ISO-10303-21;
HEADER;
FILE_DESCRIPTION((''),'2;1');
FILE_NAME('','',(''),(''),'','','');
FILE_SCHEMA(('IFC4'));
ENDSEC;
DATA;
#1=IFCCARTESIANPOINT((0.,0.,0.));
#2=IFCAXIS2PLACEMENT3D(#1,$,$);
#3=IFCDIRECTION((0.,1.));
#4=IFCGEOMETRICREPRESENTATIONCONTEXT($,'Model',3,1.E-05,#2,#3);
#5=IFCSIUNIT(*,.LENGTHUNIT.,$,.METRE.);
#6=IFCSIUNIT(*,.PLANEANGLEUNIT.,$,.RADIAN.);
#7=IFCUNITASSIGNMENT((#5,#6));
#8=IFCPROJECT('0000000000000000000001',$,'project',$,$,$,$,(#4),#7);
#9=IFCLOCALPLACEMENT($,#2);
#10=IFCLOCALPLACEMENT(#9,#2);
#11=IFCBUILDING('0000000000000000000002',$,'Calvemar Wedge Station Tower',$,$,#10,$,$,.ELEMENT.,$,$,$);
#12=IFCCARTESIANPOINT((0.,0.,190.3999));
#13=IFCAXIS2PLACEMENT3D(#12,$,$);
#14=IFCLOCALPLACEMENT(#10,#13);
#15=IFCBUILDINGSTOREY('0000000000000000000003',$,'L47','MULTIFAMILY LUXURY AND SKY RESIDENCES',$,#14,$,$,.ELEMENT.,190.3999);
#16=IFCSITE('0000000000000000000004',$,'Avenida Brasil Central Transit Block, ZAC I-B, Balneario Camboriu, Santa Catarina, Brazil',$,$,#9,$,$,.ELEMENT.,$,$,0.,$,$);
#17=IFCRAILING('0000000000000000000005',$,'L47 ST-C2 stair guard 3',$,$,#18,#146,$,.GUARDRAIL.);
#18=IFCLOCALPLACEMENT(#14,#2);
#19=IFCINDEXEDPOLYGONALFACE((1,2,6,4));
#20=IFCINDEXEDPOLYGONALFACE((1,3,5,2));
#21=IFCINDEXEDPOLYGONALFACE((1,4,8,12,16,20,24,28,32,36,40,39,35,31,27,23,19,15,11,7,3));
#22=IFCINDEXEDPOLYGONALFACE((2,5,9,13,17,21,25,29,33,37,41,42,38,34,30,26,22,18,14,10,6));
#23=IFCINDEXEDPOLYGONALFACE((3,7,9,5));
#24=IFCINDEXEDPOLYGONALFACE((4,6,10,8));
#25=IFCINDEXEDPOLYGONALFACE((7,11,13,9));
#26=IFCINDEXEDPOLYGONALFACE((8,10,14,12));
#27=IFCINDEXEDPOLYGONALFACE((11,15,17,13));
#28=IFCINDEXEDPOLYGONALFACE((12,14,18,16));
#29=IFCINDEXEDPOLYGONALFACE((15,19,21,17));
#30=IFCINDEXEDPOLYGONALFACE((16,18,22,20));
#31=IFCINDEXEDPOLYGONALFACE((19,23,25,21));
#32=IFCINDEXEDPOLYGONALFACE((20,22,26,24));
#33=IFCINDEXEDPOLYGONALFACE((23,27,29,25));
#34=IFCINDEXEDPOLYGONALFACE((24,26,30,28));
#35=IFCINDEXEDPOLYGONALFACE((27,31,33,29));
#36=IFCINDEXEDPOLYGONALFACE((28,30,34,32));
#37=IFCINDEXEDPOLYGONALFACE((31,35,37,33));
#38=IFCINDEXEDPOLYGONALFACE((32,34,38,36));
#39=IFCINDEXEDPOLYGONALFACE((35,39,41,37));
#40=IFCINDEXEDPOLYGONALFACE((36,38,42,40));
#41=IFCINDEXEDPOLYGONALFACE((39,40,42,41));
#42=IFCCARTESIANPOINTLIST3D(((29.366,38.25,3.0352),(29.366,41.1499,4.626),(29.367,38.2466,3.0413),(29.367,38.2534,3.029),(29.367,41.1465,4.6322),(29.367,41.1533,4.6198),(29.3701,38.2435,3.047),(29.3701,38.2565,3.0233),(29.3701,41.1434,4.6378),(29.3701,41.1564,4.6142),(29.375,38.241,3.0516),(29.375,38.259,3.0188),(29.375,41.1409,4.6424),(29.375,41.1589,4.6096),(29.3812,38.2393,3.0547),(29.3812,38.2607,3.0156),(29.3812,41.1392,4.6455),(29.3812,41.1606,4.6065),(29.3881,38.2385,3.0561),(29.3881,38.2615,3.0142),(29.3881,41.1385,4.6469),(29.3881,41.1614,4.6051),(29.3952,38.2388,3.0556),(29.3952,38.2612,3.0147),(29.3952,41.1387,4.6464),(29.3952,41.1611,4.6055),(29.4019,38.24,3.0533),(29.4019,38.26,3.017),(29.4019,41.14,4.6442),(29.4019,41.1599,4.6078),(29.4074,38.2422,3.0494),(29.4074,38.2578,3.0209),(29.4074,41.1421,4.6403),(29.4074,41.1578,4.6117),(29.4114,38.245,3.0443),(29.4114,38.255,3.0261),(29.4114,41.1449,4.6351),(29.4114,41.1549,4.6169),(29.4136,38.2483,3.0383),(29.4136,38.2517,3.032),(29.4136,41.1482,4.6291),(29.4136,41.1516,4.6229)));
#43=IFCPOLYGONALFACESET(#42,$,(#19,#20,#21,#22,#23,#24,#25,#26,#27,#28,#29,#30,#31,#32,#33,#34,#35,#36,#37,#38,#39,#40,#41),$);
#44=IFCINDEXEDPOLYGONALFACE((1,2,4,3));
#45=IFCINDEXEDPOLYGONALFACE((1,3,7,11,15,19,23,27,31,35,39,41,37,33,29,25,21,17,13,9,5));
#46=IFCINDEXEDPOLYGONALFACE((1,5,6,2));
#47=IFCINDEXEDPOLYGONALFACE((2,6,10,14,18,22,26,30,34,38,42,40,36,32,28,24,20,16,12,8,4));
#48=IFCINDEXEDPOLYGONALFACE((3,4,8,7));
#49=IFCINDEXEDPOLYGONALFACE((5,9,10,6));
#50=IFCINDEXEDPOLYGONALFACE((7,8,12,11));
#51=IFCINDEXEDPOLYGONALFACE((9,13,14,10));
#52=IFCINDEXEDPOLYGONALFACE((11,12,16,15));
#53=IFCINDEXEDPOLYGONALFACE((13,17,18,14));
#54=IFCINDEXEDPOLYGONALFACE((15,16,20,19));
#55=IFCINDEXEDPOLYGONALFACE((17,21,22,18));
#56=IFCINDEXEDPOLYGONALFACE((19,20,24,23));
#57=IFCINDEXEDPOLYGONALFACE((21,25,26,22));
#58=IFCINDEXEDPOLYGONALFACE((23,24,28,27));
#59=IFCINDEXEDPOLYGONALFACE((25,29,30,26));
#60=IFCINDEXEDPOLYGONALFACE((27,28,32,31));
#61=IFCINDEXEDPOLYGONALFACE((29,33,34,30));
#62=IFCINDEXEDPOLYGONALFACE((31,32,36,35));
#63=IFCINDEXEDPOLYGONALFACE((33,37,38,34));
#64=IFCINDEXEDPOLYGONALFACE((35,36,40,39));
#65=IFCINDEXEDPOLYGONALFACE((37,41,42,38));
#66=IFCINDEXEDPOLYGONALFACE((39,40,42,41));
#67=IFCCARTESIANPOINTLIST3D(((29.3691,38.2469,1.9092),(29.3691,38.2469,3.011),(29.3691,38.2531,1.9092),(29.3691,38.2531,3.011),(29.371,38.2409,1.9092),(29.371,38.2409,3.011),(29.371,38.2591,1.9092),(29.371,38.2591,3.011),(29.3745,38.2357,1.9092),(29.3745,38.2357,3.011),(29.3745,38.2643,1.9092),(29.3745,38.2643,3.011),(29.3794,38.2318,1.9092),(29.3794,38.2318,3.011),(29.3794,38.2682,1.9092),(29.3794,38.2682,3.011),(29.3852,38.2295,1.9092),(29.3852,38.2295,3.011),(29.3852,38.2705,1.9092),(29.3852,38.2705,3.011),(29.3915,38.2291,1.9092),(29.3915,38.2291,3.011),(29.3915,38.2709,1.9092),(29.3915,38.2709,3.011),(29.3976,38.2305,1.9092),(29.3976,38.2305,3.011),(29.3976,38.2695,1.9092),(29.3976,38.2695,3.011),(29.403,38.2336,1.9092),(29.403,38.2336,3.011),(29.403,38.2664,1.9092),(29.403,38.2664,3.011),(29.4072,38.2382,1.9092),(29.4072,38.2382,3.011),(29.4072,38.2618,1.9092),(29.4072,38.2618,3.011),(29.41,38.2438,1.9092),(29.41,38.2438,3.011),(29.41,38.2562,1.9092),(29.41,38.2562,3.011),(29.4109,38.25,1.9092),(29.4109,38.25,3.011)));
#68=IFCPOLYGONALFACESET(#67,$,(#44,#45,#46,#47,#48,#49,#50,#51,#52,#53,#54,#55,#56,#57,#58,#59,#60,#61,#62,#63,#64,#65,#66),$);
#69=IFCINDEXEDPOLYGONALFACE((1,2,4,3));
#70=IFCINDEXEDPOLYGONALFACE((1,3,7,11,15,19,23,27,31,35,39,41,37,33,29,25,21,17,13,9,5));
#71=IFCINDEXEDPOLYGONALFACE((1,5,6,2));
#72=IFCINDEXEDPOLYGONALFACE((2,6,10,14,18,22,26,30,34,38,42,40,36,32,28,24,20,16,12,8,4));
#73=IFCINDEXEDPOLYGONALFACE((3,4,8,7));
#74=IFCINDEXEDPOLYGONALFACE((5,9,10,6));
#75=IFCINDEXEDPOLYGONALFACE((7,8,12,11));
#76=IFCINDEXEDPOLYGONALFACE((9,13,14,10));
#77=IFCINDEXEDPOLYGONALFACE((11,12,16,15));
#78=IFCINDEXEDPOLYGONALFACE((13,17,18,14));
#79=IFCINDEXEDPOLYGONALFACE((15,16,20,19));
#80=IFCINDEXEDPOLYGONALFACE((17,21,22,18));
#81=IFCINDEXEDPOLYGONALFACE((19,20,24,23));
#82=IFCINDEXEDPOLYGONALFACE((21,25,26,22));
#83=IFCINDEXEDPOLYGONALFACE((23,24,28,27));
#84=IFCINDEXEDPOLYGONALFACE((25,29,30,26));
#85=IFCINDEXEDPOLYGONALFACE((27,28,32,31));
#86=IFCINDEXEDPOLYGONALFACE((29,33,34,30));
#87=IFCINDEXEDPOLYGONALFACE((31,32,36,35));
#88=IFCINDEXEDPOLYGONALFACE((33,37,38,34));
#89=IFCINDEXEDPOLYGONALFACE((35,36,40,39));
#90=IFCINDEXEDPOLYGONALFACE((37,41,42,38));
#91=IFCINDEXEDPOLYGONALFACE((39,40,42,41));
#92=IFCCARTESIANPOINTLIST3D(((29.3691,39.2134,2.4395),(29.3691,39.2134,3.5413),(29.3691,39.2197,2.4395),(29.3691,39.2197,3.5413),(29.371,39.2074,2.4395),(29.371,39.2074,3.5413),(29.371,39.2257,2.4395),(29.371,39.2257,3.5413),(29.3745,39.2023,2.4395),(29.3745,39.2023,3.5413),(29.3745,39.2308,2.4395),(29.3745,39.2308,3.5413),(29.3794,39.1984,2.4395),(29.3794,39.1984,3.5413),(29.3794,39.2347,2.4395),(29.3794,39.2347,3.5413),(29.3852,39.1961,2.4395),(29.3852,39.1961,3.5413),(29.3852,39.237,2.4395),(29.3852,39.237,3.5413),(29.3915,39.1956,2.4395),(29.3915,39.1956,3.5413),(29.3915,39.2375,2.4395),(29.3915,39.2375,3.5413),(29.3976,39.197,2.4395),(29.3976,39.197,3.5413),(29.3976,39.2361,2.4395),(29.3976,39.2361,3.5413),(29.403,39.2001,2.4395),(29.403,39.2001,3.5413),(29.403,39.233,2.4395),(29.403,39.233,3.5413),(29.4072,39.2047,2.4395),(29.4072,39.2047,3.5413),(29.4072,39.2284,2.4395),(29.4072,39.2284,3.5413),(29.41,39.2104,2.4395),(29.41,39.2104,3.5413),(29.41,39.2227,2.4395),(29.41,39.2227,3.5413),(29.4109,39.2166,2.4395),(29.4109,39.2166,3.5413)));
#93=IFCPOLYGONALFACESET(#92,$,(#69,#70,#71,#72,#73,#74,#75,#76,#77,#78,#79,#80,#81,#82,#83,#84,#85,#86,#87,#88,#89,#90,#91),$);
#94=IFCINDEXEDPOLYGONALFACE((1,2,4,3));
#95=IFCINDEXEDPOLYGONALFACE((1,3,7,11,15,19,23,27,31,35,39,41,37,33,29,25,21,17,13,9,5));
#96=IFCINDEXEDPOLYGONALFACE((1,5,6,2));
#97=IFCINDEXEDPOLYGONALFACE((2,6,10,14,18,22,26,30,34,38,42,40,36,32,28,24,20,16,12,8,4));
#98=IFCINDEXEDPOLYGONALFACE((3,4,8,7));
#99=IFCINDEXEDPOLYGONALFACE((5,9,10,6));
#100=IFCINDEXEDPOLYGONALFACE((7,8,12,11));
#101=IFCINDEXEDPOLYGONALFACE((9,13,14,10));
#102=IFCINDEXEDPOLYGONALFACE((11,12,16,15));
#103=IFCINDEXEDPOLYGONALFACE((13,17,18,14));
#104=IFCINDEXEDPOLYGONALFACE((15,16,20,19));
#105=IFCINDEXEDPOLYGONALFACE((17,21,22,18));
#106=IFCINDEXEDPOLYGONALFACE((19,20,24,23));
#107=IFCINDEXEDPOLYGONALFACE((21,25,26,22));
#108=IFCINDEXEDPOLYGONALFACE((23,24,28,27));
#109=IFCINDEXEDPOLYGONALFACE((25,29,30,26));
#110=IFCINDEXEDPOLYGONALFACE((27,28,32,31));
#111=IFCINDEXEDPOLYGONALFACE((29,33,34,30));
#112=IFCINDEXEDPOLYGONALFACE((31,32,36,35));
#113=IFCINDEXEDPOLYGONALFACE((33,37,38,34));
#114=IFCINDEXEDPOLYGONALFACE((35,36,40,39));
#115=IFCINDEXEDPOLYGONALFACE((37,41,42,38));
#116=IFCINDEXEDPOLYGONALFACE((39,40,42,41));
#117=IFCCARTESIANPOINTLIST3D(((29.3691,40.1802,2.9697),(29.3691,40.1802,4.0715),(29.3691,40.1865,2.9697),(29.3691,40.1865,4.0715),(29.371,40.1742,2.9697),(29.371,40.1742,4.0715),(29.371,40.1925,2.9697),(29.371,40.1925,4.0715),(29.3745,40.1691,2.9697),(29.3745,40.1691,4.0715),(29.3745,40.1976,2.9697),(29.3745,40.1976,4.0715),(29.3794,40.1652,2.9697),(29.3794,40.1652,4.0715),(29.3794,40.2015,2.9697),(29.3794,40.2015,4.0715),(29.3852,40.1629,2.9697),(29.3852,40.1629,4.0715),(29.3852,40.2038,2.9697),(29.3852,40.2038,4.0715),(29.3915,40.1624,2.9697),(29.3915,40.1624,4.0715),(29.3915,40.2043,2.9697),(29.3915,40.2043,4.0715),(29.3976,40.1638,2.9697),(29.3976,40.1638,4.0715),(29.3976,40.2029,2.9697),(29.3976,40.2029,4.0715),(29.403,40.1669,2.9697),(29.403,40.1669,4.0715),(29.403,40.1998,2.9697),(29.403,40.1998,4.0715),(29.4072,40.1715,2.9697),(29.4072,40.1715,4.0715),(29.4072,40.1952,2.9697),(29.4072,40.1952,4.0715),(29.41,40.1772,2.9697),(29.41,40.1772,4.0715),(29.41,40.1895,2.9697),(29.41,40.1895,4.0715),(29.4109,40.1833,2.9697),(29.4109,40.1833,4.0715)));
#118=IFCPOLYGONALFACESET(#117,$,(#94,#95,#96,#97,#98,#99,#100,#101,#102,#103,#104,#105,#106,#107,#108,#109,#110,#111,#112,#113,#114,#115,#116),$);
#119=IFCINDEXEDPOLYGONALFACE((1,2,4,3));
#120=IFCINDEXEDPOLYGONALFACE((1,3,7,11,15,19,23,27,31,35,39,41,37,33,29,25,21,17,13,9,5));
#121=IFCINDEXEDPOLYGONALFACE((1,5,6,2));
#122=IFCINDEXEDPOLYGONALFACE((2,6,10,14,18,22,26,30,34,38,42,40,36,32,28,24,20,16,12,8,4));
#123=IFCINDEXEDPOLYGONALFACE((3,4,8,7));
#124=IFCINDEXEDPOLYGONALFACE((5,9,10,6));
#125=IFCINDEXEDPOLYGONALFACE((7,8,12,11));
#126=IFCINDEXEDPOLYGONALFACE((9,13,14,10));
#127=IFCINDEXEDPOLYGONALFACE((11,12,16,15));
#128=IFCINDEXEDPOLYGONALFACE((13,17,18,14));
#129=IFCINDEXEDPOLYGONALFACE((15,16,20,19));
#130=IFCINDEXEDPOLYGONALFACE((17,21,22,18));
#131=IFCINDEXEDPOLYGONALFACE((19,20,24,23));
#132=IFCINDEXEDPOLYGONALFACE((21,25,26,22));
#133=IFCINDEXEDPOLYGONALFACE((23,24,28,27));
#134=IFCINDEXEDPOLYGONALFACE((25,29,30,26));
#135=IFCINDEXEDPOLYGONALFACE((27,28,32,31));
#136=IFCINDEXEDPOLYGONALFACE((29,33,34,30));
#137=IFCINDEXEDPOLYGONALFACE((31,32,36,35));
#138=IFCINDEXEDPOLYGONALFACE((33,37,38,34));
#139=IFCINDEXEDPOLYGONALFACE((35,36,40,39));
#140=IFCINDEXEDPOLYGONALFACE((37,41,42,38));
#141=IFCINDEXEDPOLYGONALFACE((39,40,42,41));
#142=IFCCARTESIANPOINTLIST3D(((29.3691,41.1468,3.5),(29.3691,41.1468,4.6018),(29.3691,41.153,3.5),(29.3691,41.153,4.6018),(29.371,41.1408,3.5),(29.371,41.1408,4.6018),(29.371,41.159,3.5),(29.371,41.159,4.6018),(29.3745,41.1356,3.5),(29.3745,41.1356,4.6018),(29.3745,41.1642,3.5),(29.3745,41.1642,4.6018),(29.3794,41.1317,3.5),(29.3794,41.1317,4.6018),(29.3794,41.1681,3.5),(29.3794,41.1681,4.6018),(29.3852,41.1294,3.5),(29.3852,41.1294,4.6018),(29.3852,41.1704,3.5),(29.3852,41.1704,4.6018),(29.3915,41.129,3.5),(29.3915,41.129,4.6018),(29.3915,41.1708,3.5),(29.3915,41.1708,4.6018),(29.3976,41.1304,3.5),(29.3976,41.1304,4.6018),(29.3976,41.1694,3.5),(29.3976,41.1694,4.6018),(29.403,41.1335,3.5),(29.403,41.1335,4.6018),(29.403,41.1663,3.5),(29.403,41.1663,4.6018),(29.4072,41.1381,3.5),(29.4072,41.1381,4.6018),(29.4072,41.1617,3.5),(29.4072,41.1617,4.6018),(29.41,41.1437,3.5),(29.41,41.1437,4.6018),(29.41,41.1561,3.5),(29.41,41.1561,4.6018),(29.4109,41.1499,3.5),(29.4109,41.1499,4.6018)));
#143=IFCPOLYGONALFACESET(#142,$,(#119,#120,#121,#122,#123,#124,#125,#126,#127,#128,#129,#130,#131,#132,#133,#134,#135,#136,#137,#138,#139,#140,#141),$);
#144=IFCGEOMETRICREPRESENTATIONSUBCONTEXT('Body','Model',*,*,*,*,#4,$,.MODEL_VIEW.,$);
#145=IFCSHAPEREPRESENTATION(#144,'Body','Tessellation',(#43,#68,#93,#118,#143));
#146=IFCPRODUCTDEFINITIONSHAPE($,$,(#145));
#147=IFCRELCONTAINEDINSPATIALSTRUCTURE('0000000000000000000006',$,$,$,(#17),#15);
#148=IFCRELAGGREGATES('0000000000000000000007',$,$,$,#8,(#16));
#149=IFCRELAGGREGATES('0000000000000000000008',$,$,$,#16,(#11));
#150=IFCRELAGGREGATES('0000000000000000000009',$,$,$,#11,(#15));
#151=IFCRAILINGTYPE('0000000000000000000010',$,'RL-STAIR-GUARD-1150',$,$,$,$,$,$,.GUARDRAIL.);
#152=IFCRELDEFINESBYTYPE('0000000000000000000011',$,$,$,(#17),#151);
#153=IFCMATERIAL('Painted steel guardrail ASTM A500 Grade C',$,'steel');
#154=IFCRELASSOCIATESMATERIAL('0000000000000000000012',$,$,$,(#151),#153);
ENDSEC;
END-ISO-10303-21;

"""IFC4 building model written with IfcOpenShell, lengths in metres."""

from ifc_helpers import new_model, si_unit, direction, frame, origin, origin_2d, place, context, subcontext, project, spatial, circle, extrude, material, type_object, element, save


model = new_model("IFC4")

# Units and contexts
model_context = context("Model", 3, precision=1e-05, world=origin(), true_north=direction((0.0, 1.0)))
body_context = subcontext(model_context, "Body", "Model", "MODEL_VIEW")
ifc_project = project(units=[si_unit("LENGTHUNIT", "METRE"), si_unit("PLANEANGLEUNIT", "RADIAN")], contexts=[model_context])

# Site, building, storey
site_placement = place(None, origin())
site = spatial("IfcSite", under=ifc_project, at=site_placement, Name="Avenida Brasil Central Transit Block, ZAC I-B, Balneario Camboriu, Santa Catarina, Brazil", CompositionType="ELEMENT", RefElevation=0.0)
building_placement = place(site_placement, origin())
building = spatial("IfcBuilding", under=site, at=building_placement, Name="Calvemar Wedge Station Tower", CompositionType="ELEMENT")
storey_placement = place(building_placement, frame((0.0, 0.0, 190.3999)))
storey = spatial("IfcBuildingStorey", under=building, at=storey_placement, Name="L47", Description="MULTIFAMILY LUXURY AND SKY RESIDENCES", CompositionType="ELEMENT", Elevation=190.3999)

# Railing
ifc_material_1 = material(Name="Painted steel guardrail ASTM A500 Grade C", Category="steel")
railing_type_1 = type_object("IfcRailingType", Name="RL-STAIR-GUARD-1150", PredefinedType="GUARDRAIL", material=ifc_material_1)
railing_1_placement = place(storey_placement, frame((29.3899, 38.25, 1.9092)))
element("IfcRailing", 1, at=railing_1_placement, inside=storey, type_object=railing_type_1, Name="L47 ST-C2 stair guard 3", PredefinedType="GUARDRAIL", context=body_context, shape_type="SweptSolid", body=[
    extrude(circle(Radius=0.0239, at=origin_2d()), frame((0.0, 0.0, 1.126), z_axis=(0.0, 0.876742, 0.480961), x_axis=(-1.0, 0.0, 0.0)), (0.0, 0.0, 1.0), 3.3076),
    extrude(circle(Radius=0.021, at=origin_2d()), origin(), (0.0, 0.0, 1.0), 1.1018),
    extrude(circle(Radius=0.021, at=origin_2d()), frame((0.0, 0.9666, 0.5303)), (0.0, 0.0, 1.0), 1.1018),
    extrude(circle(Radius=0.021, at=origin_2d()), frame((0.0, 1.9333, 1.0605)), (0.0, 0.0, 1.0), 1.1018),
    extrude(circle(Radius=0.021, at=origin_2d()), frame((0.0, 2.8999, 1.5908)), (0.0, 0.0, 1.0), 1.1018),
])

save(model, "model.ifc")
